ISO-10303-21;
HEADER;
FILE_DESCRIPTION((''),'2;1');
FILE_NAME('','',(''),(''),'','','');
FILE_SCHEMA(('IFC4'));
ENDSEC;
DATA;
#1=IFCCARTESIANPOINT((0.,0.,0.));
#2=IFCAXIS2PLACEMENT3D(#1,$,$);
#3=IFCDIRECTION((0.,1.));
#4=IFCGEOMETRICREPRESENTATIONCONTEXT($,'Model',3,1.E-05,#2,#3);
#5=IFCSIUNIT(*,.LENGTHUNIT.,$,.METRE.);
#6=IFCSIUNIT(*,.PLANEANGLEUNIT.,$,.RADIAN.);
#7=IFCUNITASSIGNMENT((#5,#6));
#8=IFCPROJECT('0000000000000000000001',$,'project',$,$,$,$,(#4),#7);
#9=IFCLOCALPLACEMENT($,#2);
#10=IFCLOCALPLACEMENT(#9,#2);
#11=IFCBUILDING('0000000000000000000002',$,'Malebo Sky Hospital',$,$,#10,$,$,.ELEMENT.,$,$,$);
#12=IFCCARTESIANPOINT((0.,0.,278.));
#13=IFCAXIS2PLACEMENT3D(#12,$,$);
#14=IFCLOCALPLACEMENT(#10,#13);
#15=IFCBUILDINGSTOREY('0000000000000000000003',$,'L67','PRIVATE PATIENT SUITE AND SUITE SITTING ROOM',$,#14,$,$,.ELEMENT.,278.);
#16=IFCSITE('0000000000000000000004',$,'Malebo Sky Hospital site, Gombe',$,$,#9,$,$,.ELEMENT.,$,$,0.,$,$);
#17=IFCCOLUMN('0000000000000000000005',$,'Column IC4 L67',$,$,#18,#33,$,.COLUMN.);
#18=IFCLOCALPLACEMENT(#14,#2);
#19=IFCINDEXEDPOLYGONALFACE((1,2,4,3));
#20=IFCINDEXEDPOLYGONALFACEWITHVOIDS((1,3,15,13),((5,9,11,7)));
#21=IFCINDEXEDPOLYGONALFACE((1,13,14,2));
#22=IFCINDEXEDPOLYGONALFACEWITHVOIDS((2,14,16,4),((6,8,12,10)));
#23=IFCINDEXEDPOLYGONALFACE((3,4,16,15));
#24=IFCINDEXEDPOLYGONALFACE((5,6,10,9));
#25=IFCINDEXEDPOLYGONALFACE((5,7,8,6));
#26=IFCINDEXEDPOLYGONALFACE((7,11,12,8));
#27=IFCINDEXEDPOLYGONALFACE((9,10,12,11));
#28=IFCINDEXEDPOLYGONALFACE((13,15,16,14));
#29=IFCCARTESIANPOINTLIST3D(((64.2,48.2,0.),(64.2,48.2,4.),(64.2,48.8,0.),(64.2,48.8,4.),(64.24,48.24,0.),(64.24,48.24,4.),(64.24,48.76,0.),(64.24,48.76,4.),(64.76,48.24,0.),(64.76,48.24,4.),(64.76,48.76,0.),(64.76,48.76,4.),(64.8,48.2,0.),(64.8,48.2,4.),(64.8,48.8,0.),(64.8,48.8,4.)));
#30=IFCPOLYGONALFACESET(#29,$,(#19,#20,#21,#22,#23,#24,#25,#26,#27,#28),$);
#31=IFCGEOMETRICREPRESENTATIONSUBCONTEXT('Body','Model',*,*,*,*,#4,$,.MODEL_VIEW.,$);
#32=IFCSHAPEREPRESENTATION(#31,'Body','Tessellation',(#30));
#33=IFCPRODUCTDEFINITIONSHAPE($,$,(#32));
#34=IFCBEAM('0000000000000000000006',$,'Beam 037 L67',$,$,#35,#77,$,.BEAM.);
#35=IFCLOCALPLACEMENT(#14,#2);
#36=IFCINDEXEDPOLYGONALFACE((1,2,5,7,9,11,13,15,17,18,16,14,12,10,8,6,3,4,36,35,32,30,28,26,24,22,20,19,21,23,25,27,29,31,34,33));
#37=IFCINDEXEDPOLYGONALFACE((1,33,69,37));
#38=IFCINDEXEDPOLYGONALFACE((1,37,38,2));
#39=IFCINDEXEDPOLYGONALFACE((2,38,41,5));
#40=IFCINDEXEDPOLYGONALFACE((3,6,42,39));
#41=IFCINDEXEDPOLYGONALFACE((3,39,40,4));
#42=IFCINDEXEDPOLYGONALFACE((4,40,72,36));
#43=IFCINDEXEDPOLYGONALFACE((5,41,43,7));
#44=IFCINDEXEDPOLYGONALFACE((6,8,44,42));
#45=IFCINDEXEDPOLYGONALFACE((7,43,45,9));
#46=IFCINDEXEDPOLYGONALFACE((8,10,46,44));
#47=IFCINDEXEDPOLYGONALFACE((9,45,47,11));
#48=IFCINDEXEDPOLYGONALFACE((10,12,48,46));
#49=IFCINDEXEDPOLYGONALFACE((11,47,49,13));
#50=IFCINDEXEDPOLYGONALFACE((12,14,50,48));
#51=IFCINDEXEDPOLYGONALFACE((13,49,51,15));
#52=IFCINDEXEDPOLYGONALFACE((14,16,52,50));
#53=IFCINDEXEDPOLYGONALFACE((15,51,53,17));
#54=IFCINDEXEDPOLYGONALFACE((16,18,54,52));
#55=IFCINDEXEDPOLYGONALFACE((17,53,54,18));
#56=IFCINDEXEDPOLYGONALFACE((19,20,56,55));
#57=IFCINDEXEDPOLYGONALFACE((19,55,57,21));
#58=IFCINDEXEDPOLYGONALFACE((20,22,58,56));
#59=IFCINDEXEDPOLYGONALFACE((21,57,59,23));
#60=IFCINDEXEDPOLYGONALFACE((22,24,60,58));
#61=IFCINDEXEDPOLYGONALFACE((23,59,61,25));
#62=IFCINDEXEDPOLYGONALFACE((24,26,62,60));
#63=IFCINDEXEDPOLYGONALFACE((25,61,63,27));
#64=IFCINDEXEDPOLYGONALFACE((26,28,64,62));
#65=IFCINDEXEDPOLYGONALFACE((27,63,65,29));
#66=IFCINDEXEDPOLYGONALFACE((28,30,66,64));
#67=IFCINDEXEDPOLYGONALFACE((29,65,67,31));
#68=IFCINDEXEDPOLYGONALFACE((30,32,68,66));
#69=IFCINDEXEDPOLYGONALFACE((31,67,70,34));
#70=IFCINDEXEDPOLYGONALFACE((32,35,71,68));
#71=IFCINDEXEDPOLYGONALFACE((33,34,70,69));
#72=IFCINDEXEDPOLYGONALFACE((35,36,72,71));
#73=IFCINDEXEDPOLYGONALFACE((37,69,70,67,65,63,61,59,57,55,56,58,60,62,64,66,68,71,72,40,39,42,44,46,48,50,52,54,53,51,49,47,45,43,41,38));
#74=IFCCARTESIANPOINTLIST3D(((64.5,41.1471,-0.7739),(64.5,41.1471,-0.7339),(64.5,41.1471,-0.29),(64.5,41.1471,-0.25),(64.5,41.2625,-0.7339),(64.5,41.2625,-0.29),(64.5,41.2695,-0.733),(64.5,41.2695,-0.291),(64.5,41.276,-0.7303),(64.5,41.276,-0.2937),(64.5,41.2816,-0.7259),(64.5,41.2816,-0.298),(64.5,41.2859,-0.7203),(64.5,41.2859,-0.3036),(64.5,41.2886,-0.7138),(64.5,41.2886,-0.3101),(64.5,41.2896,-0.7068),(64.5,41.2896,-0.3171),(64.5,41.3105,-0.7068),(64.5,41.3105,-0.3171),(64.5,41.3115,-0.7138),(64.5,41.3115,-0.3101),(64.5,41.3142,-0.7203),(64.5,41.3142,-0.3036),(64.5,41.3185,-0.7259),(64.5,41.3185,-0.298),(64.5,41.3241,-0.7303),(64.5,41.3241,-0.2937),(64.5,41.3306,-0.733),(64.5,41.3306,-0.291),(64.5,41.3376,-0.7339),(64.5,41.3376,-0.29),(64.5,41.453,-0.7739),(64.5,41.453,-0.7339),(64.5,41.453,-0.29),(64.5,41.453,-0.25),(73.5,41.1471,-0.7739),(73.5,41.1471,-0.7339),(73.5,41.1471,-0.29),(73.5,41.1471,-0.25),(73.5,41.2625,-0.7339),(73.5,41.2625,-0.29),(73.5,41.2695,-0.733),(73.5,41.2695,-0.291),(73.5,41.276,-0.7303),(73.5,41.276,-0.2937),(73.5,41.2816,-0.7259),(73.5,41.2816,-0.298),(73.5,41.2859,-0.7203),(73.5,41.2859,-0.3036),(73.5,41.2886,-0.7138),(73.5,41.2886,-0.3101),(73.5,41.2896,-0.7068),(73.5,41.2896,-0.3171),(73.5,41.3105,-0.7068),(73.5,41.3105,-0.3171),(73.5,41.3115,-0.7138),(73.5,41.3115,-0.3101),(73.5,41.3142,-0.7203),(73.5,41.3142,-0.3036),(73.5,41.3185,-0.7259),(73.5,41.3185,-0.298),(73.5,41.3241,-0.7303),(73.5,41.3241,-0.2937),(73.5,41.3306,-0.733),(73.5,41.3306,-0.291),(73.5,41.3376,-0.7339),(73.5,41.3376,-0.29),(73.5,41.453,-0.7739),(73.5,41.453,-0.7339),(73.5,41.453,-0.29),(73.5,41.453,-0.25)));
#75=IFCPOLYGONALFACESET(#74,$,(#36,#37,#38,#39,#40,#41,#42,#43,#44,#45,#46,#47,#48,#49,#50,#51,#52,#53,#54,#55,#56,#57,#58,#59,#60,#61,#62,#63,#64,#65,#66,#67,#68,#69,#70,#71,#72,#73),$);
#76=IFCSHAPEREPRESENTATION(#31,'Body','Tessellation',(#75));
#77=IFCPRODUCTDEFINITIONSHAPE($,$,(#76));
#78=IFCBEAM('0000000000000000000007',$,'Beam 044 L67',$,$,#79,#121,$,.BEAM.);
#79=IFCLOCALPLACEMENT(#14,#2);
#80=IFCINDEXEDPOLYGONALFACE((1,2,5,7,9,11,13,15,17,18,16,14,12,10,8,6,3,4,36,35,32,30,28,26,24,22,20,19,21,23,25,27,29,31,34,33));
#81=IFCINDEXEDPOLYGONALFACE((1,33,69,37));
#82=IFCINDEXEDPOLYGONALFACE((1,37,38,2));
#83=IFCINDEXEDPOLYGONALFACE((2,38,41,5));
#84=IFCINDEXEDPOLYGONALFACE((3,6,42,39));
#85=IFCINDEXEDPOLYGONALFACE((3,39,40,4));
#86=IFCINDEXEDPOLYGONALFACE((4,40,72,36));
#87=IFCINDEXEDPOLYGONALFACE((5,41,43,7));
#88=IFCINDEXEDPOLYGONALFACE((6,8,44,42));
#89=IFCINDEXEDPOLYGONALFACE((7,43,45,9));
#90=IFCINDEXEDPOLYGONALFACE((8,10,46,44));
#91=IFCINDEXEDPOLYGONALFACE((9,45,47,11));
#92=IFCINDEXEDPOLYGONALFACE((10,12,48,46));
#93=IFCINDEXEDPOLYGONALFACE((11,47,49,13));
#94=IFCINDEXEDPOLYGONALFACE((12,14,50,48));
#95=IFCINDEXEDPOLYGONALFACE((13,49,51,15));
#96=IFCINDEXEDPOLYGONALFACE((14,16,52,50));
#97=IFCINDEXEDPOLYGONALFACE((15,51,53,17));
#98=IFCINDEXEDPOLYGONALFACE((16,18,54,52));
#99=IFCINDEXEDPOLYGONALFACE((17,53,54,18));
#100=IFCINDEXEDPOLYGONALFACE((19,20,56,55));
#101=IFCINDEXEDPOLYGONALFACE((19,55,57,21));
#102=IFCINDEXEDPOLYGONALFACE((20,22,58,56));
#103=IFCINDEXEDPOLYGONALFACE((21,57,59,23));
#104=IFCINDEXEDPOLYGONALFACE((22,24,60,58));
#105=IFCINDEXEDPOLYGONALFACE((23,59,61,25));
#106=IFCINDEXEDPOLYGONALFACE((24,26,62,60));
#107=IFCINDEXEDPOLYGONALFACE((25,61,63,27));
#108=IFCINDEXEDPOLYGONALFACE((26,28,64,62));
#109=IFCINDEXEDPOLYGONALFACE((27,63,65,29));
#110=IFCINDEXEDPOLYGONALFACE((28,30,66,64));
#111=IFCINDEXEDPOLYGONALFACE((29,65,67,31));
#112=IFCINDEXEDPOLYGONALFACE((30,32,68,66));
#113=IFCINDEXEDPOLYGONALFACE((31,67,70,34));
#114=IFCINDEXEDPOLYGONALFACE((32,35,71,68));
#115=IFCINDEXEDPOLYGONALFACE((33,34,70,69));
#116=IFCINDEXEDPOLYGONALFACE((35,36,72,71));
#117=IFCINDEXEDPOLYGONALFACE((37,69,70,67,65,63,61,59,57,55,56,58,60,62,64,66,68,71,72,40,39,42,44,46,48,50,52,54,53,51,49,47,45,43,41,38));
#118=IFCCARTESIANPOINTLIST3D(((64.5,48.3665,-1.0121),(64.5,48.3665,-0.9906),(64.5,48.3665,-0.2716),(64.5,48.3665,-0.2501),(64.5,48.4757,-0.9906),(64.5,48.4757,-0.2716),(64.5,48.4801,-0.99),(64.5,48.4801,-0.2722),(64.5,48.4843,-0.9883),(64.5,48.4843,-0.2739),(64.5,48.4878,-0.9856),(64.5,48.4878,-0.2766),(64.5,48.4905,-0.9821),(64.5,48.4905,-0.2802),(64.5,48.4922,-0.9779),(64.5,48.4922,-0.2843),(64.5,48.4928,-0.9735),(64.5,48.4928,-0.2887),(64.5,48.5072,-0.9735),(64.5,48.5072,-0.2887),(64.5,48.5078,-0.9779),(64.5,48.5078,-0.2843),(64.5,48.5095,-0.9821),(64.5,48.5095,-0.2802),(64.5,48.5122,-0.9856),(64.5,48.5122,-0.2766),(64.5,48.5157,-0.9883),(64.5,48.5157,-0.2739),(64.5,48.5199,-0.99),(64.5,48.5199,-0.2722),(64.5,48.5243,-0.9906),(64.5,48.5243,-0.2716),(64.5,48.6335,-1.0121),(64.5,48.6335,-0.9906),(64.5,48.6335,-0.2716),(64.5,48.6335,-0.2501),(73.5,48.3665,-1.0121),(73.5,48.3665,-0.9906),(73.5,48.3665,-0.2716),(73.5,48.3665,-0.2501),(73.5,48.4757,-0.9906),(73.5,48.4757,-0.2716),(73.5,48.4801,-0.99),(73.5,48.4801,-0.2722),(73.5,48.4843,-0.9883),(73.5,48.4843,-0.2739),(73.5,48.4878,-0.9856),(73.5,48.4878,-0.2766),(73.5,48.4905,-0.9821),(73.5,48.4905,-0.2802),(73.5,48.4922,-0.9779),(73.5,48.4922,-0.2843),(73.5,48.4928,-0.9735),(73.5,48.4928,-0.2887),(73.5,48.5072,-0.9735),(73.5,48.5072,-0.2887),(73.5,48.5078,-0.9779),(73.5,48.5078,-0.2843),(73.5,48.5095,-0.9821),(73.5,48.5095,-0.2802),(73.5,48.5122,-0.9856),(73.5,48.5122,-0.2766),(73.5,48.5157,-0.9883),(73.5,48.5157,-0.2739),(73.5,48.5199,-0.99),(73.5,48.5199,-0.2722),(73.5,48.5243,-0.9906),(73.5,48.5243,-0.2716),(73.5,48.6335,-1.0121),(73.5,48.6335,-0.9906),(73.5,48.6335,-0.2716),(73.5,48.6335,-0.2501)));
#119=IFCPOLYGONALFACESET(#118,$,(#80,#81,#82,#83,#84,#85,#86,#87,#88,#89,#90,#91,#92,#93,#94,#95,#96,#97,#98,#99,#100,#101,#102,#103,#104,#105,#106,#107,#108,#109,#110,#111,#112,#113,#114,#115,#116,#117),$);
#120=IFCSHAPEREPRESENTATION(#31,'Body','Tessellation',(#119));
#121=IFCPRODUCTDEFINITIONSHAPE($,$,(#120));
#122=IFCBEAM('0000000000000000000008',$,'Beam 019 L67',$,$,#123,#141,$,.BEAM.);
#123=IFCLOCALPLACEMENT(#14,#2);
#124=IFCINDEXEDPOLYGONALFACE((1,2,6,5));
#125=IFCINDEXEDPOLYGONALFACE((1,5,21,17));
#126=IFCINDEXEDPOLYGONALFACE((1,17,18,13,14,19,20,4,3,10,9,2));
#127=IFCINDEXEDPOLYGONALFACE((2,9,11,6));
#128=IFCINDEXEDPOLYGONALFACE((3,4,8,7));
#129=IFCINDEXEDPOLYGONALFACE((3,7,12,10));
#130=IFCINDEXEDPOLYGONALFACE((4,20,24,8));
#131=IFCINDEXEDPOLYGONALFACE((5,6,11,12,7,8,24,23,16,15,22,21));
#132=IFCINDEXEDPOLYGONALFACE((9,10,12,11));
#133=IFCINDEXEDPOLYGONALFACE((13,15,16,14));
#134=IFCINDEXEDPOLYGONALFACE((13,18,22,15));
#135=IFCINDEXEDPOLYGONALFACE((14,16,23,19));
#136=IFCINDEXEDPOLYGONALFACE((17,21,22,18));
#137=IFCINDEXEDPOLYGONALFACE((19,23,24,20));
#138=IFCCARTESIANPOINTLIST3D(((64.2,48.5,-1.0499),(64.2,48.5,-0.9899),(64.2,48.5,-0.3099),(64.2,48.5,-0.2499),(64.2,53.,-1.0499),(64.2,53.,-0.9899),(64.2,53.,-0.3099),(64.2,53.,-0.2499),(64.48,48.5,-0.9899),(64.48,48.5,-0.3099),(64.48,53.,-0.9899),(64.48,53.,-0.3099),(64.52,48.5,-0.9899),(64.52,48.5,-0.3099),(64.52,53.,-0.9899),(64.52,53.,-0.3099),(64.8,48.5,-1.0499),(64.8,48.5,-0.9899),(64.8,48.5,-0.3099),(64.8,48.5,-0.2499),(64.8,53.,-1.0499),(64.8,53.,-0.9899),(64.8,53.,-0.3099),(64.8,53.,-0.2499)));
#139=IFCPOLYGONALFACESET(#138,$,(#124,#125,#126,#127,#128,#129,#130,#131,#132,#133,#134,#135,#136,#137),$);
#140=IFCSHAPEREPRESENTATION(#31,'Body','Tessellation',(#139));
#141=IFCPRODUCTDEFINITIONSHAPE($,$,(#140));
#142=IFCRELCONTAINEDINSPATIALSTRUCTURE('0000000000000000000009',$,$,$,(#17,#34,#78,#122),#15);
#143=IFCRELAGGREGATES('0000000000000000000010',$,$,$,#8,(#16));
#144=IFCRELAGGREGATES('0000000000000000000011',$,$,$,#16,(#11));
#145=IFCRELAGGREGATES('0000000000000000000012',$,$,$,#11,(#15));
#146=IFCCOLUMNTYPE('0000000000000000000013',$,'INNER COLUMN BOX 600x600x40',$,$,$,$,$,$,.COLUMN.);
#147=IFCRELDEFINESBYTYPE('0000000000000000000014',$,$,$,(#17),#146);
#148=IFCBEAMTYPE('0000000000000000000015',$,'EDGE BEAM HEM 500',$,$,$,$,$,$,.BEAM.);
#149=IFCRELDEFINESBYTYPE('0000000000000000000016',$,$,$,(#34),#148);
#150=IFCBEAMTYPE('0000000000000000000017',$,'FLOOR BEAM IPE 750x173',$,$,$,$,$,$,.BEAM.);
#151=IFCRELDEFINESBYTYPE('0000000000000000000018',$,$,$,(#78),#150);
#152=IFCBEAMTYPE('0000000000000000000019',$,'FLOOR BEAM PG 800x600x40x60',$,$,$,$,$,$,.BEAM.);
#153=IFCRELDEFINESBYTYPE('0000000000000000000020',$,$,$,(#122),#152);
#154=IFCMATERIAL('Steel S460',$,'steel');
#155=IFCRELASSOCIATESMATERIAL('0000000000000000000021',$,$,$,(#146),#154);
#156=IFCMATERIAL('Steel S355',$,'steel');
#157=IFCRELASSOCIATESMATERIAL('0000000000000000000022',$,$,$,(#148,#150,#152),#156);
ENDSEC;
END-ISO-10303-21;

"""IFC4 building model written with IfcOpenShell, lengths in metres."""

from ifc_helpers import new_model, si_unit, direction, frame, origin, origin_2d, place, context, subcontext, project, spatial, hollow_rectangle, i_section, extrude, material, material_profile, profile_set, type_object, element, save


model = new_model("IFC4")

# Units and contexts
model_context = context("Model", 3, precision=1e-05, world=origin(), true_north=direction((0.0, 1.0)))
body_context = subcontext(model_context, "Body", "Model", "MODEL_VIEW")
ifc_project = project(units=[si_unit("LENGTHUNIT", "METRE"), si_unit("PLANEANGLEUNIT", "RADIAN")], contexts=[model_context])

# Site, building, storey
site_placement = place(None, origin())
site = spatial("IfcSite", under=ifc_project, at=site_placement, Name="Malebo Sky Hospital site, Gombe", CompositionType="ELEMENT", RefElevation=0.0)
building_placement = place(site_placement, origin())
building = spatial("IfcBuilding", under=site, at=building_placement, Name="Malebo Sky Hospital", CompositionType="ELEMENT")
storey_placement = place(building_placement, frame((0.0, 0.0, 278.0)))
storey = spatial("IfcBuildingStorey", under=building, at=storey_placement, Name="L67", Description="PRIVATE PATIENT SUITE AND SUITE SITTING ROOM", CompositionType="ELEMENT", Elevation=278.0)

# Column
ifc_material_1 = material(Name="Steel S460", Category="steel")
ifc_material_profile_1 = material_profile(ifc_material_1, hollow_rectangle(XDim=0.6001, YDim=0.6001, WallThickness=0.04, at=origin_2d()), Name="BOX 600x600x40")
ifc_profile_set_1 = profile_set([ifc_material_profile_1], Name="Steel S460")
column_type = type_object("IfcColumnType", Name="INNER COLUMN BOX 600x600x40", PredefinedType="COLUMN", material=ifc_profile_set_1)
column_placement = place(storey_placement, frame((64.5, 48.5, 0.0), z_axis=(0.0, 0.0, 1.0), x_axis=(1.0, 0.0, 0.0)))
element("IfcColumn", 1, at=column_placement, inside=storey, type_object=column_type, Name="Column IC4 L67", PredefinedType="COLUMN", context=body_context, shape_type="SweptSolid", body=[
    extrude(hollow_rectangle(XDim=0.6001, YDim=0.6001, WallThickness=0.04, at=origin_2d()), origin(), (0.0, 0.0, 1.0), 4.0),
])

# Beams
ifc_material_2 = material(Name="Steel S355", Category="steel")
ifc_material_profile_2 = material_profile(ifc_material_2, i_section(OverallWidth=0.3059, OverallDepth=0.5239, WebThickness=0.021, FlangeThickness=0.04, FilletRadius=0.0271, at=origin_2d()), Name="HEM 500")
ifc_profile_set_2 = profile_set([ifc_material_profile_2], Name="Steel S355")
beam_type_1 = type_object("IfcBeamType", Name="EDGE BEAM HEM 500", PredefinedType="BEAM", material=ifc_profile_set_2)
beam_1_placement = place(storey_placement, frame((64.5, 41.3, -0.512), z_axis=(1.0, 0.0, 0.0), x_axis=(0.0, 1.0, 0.0)))
element("IfcBeam", 2, at=beam_1_placement, inside=storey, type_object=beam_type_1, Name="Beam 037 L67", PredefinedType="BEAM", context=body_context, shape_type="SweptSolid", body=[
    extrude(i_section(OverallWidth=0.3059, OverallDepth=0.5239, WebThickness=0.021, FlangeThickness=0.04, FilletRadius=0.0271, at=origin_2d()), origin(), (0.0, 0.0, 1.0), 9.0),
])
ifc_material_profile_3 = material_profile(ifc_material_2, i_section(OverallWidth=0.2671, OverallDepth=0.762, WebThickness=0.0144, FlangeThickness=0.0215, FilletRadius=0.0171, at=origin_2d()), Name="IPE 750x173")
ifc_profile_set_3 = profile_set([ifc_material_profile_3], Name="Steel S355")
beam_type_2 = type_object("IfcBeamType", Name="FLOOR BEAM IPE 750x173", PredefinedType="BEAM", material=ifc_profile_set_3)
beam_2_placement = place(storey_placement, frame((64.5, 48.5, -0.6311), z_axis=(1.0, 0.0, 0.0), x_axis=(0.0, 1.0, 0.0)))
element("IfcBeam", 3, at=beam_2_placement, inside=storey, type_object=beam_type_2, Name="Beam 044 L67", PredefinedType="BEAM", context=body_context, shape_type="SweptSolid", body=[
    extrude(i_section(OverallWidth=0.2671, OverallDepth=0.762, WebThickness=0.0144, FlangeThickness=0.0215, FilletRadius=0.0171, at=origin_2d()), origin(), (0.0, 0.0, 1.0), 9.0),
])
ifc_material_profile_4 = material_profile(ifc_material_2, i_section(OverallWidth=0.6001, OverallDepth=0.8, WebThickness=0.04, FlangeThickness=0.0601, at=origin_2d()), Name="PG 800x600x40x60")
ifc_profile_set_4 = profile_set([ifc_material_profile_4], Name="Steel S355")
beam_type_3 = type_object("IfcBeamType", Name="FLOOR BEAM PG 800x600x40x60", PredefinedType="BEAM", material=ifc_profile_set_4)
beam_3_placement = place(storey_placement, frame((64.5, 48.5, -0.6499), z_axis=(0.0, 1.0, 0.0), x_axis=(-1.0, 0.0, 0.0)))
element("IfcBeam", 4, at=beam_3_placement, inside=storey, type_object=beam_type_3, Name="Beam 019 L67", PredefinedType="BEAM", context=body_context, shape_type="SweptSolid", body=[
    extrude(i_section(OverallWidth=0.6001, OverallDepth=0.8, WebThickness=0.04, FlangeThickness=0.0601, at=origin_2d()), origin(), (0.0, 0.0, 1.0), 4.5),
])

save(model, "model.ifc")
